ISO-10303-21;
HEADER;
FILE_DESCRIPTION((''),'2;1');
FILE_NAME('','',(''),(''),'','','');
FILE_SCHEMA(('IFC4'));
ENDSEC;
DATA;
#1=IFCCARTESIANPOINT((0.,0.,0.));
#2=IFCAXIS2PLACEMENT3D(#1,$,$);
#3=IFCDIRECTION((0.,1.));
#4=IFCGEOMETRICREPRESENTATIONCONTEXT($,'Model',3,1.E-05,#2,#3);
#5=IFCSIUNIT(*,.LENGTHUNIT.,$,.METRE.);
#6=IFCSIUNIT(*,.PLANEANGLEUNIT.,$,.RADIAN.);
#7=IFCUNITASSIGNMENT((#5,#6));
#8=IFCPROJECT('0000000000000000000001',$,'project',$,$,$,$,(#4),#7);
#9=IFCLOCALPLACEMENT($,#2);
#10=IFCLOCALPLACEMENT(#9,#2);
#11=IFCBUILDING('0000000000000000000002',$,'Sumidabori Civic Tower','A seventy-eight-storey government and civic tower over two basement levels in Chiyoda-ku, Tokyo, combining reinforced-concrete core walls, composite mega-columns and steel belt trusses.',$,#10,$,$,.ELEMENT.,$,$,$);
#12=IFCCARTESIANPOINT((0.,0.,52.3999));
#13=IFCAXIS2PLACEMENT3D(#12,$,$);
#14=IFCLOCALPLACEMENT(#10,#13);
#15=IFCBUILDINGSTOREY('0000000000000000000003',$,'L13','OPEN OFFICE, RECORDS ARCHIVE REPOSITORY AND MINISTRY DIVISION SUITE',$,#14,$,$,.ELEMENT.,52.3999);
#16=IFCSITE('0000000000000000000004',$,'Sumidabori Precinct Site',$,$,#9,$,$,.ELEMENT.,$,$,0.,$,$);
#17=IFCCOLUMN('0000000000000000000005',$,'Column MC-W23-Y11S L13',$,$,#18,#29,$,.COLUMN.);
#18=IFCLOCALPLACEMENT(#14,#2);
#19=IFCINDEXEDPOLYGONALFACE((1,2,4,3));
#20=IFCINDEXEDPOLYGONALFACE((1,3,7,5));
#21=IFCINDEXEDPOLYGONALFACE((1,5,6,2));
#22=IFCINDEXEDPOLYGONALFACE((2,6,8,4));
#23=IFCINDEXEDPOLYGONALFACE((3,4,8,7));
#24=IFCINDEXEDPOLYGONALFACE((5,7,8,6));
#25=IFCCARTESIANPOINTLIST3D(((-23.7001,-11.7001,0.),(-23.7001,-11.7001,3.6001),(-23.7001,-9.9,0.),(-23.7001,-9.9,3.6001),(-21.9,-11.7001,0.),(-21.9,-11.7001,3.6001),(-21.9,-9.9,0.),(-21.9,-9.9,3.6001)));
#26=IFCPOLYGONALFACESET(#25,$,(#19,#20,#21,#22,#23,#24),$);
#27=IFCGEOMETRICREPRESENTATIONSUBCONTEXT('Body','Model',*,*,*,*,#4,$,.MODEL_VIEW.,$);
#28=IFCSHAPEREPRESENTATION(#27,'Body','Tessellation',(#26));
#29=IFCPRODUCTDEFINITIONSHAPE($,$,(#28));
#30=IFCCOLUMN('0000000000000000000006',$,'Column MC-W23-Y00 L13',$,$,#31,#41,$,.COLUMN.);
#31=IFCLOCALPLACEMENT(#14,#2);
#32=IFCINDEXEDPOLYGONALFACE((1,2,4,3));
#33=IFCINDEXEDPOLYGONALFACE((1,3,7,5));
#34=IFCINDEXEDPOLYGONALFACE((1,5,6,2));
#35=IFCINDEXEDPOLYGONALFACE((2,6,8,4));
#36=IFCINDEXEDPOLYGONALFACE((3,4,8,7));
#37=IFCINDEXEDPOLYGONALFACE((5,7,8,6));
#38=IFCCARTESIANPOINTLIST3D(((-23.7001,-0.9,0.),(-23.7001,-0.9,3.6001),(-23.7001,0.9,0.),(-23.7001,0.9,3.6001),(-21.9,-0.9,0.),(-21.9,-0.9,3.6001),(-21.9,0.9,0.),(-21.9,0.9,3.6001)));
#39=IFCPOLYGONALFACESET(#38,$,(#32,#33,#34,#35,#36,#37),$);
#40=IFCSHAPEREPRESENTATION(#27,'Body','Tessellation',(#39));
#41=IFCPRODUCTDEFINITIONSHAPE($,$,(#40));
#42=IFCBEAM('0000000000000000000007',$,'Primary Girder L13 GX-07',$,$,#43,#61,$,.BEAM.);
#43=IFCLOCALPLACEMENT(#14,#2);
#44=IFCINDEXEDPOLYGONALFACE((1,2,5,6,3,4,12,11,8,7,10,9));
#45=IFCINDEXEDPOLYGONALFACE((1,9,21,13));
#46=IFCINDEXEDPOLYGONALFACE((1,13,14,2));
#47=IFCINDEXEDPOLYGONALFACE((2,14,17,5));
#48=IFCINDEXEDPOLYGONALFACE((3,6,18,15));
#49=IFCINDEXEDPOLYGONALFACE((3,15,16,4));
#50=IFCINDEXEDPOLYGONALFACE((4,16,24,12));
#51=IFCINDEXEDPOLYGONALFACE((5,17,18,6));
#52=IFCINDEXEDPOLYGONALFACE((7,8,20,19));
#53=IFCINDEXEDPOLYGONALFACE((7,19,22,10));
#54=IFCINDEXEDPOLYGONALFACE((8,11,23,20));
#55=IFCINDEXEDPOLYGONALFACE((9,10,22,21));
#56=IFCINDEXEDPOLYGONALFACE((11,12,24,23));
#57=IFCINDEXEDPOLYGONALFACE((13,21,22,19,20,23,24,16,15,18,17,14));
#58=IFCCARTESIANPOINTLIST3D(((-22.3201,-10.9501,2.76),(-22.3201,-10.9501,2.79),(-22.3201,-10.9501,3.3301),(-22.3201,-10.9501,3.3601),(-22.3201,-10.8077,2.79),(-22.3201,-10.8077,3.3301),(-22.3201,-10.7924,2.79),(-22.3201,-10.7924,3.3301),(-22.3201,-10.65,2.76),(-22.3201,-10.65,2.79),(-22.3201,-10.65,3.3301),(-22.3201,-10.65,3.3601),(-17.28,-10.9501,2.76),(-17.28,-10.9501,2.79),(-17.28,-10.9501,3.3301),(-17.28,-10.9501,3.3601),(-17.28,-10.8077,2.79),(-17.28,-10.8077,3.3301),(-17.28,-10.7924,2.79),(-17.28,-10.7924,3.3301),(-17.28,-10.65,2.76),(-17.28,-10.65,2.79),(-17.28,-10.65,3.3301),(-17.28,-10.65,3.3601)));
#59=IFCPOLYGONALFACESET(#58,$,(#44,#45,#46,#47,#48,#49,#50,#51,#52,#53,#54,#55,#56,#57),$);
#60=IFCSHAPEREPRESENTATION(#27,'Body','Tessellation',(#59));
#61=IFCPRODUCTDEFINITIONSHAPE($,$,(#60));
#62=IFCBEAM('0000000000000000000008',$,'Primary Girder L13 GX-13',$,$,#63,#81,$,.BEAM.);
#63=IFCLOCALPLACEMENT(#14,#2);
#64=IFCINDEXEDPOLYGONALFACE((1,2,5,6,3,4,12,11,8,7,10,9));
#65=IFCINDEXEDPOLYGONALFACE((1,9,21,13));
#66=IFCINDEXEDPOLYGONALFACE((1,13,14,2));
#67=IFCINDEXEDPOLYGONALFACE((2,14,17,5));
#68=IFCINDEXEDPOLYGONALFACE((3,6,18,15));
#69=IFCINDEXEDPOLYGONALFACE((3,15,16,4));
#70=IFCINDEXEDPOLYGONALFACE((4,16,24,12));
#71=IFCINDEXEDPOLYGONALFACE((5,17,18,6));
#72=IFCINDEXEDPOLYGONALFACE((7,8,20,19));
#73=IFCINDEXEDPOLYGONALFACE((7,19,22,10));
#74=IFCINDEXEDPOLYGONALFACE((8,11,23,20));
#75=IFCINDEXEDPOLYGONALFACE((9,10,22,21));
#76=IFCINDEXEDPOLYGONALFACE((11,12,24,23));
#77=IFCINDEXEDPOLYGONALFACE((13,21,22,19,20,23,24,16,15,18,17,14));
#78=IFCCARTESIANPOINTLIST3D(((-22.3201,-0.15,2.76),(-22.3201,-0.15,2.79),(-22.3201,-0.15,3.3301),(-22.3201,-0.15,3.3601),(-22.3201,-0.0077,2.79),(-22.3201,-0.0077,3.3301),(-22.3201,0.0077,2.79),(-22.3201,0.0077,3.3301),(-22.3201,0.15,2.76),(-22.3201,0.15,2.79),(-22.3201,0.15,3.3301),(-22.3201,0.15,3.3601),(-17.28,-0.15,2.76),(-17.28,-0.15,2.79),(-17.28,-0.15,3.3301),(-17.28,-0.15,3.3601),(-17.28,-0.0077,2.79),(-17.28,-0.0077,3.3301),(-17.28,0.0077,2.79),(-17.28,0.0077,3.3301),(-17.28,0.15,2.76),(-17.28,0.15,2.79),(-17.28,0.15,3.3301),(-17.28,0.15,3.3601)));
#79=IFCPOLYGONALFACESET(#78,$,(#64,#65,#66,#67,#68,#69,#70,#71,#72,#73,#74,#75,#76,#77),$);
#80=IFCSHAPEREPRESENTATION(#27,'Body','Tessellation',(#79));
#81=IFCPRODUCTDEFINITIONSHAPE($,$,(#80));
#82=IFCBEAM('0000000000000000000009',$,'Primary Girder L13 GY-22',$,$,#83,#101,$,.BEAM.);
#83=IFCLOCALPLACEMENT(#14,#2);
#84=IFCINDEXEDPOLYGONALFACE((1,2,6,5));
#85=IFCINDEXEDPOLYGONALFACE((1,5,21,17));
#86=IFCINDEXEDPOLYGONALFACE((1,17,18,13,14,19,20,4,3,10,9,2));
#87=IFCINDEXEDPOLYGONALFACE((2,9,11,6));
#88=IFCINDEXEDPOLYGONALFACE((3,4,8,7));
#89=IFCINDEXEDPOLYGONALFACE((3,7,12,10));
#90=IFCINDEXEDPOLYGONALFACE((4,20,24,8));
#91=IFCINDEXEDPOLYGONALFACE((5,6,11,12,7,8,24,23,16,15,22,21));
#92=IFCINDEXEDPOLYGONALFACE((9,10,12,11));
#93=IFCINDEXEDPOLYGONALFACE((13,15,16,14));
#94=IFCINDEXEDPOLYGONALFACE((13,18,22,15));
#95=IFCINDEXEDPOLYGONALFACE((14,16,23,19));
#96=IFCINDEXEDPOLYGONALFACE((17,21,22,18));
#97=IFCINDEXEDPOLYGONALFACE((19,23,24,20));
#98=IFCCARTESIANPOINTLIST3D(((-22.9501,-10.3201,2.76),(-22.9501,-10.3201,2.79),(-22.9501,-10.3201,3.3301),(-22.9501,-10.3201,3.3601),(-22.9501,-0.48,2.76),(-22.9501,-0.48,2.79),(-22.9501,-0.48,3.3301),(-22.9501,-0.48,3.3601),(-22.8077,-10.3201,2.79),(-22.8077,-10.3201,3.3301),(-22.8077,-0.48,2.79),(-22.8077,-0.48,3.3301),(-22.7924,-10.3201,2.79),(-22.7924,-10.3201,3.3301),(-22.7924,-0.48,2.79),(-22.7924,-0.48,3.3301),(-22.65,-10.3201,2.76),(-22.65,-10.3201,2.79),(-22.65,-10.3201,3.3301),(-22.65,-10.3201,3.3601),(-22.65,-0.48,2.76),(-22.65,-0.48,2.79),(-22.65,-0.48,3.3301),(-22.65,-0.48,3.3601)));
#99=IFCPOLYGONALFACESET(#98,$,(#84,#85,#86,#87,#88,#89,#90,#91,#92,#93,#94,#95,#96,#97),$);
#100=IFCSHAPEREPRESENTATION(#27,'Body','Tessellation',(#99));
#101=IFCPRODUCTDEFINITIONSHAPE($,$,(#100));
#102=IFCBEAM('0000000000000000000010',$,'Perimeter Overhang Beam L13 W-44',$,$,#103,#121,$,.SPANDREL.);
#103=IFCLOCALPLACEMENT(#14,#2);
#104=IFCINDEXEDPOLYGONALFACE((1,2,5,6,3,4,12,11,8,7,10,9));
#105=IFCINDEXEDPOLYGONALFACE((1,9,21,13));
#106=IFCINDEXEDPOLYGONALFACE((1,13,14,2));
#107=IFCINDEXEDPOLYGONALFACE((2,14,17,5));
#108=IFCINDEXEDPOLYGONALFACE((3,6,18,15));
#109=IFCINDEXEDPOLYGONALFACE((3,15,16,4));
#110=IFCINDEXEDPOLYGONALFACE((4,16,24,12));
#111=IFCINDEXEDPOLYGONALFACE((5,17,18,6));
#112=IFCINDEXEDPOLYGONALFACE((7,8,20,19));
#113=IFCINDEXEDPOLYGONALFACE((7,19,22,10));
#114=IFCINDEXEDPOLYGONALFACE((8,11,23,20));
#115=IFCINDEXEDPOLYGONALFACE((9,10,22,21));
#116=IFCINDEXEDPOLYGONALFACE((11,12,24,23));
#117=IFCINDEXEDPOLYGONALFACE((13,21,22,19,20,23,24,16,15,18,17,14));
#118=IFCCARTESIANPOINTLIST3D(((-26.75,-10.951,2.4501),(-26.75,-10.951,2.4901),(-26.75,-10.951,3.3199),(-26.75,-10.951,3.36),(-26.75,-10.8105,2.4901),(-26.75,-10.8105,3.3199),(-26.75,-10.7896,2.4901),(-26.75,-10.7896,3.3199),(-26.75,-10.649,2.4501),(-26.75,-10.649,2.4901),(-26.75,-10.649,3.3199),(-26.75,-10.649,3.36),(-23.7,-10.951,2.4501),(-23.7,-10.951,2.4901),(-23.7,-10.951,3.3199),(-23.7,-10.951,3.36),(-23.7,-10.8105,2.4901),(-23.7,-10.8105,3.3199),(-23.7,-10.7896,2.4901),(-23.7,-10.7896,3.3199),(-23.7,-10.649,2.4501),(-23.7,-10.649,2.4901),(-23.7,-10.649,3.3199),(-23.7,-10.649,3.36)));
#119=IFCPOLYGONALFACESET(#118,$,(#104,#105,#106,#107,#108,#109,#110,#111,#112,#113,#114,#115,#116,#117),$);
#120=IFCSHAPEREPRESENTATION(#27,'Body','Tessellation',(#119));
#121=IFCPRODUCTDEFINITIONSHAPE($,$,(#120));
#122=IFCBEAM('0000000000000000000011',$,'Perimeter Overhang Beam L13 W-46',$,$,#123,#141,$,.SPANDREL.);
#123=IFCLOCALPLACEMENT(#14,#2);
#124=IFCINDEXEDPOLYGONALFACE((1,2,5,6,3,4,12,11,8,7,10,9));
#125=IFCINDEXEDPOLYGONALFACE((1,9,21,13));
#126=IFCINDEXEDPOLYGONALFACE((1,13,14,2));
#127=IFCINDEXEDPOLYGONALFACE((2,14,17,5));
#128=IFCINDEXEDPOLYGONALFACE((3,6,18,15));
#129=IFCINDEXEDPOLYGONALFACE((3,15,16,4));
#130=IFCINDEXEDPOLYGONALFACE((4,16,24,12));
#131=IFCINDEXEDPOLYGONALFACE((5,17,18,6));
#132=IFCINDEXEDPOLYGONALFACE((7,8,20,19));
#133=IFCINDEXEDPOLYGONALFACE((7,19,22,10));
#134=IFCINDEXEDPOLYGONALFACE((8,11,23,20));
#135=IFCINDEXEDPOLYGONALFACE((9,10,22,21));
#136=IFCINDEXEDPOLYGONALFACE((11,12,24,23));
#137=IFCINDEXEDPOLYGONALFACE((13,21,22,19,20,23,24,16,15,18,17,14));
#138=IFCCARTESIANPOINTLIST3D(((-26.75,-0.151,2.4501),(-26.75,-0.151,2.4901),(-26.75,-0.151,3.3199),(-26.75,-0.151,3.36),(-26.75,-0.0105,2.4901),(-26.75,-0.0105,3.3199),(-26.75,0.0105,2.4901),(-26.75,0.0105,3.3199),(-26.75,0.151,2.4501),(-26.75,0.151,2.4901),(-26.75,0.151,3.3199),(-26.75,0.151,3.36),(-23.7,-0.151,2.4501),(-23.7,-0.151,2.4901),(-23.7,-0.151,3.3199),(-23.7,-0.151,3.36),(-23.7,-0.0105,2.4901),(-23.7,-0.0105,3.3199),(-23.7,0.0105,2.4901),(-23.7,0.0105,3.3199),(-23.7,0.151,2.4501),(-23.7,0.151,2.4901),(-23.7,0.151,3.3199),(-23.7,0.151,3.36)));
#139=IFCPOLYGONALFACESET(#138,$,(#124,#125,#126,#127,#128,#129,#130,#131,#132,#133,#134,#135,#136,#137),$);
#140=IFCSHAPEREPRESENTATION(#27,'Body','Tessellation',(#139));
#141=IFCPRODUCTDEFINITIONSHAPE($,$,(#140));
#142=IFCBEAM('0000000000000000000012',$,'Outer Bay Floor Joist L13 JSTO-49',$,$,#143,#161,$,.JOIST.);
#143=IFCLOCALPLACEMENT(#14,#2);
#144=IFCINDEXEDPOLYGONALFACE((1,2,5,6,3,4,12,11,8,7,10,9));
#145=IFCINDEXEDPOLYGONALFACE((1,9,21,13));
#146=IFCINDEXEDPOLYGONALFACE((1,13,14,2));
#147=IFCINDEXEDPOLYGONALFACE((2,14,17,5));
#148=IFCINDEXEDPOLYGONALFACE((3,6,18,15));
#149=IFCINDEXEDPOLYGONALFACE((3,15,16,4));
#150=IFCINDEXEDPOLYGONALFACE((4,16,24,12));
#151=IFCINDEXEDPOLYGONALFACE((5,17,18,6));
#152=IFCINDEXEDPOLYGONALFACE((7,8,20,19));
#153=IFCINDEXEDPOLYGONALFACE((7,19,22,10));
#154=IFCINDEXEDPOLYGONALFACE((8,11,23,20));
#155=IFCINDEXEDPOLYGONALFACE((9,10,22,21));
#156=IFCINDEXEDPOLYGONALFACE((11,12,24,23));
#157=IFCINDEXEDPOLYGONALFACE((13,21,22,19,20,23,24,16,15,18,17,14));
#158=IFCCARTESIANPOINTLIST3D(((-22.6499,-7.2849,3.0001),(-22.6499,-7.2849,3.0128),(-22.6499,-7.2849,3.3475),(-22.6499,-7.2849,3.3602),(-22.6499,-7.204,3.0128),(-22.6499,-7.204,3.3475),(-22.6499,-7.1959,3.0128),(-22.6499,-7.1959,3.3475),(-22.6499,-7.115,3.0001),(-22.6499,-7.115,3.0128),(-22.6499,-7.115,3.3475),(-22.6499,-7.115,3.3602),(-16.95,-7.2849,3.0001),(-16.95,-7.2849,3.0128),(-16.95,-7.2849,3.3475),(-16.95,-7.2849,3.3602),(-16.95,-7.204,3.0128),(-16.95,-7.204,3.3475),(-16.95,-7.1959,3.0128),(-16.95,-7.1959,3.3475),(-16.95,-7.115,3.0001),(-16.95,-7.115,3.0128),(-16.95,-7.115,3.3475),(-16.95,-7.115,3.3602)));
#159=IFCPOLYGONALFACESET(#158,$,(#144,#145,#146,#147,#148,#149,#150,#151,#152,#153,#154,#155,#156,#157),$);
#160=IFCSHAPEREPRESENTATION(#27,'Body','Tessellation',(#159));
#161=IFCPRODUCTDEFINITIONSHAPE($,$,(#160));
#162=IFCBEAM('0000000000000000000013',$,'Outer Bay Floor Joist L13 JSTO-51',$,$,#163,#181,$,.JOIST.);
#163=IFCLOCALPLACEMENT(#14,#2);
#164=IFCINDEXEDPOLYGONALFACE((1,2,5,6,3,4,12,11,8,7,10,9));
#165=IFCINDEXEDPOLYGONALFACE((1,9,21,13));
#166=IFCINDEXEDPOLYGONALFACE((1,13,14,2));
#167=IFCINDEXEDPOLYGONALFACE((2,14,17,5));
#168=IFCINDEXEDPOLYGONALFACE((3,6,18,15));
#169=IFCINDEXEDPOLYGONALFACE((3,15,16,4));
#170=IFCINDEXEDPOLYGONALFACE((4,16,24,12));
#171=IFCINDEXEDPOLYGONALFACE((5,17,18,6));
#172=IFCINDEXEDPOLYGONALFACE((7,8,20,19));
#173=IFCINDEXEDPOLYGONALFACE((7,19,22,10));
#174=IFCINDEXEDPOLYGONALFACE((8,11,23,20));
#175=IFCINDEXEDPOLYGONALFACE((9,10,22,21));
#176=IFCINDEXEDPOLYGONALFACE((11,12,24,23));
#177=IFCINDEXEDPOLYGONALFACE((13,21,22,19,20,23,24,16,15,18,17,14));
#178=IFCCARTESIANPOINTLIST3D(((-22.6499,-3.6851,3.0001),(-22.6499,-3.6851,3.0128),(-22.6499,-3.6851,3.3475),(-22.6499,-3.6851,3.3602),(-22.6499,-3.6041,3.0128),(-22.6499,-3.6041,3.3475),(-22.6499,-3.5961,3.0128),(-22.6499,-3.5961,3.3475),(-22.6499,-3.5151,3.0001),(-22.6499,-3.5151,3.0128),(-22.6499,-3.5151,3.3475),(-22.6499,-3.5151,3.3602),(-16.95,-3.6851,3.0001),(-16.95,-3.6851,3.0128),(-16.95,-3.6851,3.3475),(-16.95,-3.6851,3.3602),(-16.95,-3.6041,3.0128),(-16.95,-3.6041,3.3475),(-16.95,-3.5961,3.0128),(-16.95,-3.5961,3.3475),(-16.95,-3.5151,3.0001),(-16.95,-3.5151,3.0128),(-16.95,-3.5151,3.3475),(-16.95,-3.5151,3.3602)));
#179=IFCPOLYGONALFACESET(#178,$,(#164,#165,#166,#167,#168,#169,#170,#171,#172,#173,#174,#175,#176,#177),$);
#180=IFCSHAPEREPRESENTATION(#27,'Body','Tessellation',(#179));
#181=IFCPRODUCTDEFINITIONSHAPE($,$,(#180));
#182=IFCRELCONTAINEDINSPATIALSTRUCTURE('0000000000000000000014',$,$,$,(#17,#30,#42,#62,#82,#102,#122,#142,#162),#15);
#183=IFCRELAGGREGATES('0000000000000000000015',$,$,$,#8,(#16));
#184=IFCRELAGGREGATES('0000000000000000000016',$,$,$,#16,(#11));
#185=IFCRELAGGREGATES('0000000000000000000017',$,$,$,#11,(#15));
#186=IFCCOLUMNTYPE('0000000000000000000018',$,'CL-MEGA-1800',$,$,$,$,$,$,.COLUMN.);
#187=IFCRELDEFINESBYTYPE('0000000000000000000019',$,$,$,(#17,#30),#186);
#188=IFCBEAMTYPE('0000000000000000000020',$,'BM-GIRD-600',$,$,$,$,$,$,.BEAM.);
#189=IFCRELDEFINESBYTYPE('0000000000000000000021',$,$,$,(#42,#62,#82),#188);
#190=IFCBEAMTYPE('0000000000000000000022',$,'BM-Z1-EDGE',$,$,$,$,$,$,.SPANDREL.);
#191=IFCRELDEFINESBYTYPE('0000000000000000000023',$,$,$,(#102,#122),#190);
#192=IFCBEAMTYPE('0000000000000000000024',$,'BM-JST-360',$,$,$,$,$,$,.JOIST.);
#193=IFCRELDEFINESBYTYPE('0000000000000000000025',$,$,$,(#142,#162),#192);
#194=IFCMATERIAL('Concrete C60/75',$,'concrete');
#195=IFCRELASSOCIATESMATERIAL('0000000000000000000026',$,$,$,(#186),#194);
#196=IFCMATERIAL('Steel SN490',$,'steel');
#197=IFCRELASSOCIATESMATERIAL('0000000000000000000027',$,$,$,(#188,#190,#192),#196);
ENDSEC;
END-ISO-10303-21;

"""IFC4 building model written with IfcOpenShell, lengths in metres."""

from ifc_helpers import new_model, si_unit, direction, frame, origin, origin_2d, place, context, subcontext, project, spatial, rectangle, i_section, extrude, source, transform, mapped, material, material_profile, profile_set, type_object, element, save


model = new_model("IFC4")

# Units and contexts
model_context = context("Model", 3, precision=1e-05, world=origin(), true_north=direction((0.0, 1.0)))
body_context = subcontext(model_context, "Body", "Model", "MODEL_VIEW")
ifc_project = project(units=[si_unit("LENGTHUNIT", "METRE"), si_unit("PLANEANGLEUNIT", "RADIAN")], contexts=[model_context])

# Site, building, storey
site_placement = place(None, origin())
site = spatial("IfcSite", under=ifc_project, at=site_placement, Name="Sumidabori Precinct Site", CompositionType="ELEMENT", RefElevation=0.0)
building_placement = place(site_placement, origin())
building = spatial("IfcBuilding", under=site, at=building_placement, Name="Sumidabori Civic Tower", Description="A seventy-eight-storey government and civic tower over two basement levels in Chiyoda-ku, Tokyo, combining reinforced-concrete core walls, composite mega-columns and steel belt trusses.", CompositionType="ELEMENT")
storey_placement = place(building_placement, frame((0.0, 0.0, 52.3999)))
storey = spatial("IfcBuildingStorey", under=building, at=storey_placement, Name="L13", Description="OPEN OFFICE, RECORDS ARCHIVE REPOSITORY AND MINISTRY DIVISION SUITE", CompositionType="ELEMENT", Elevation=52.3999)

# Columns
ifc_material_1 = material(Name="Concrete C60/75", Category="concrete")
ifc_material_profile_1 = material_profile(ifc_material_1, rectangle(XDim=1.8, YDim=1.8, at=origin_2d()), Name="RC 1800x1800")
ifc_profile_set_1 = profile_set([ifc_material_profile_1], Name="Concrete C60/75")
column_type = type_object("IfcColumnType", Name="CL-MEGA-1800", PredefinedType="COLUMN", material=ifc_profile_set_1)
shared_shape_1 = source(origin(), body_context, "Body", "SweptSolid", [
    extrude(rectangle(XDim=1.8, YDim=1.8, at=origin_2d()), origin(), (0.0, 0.0, 1.0), 3.6001),
])
for number, where, z_axis, x_axis, name in (
    (1, (-22.8, -10.8, 0.0), (0.0, 0.0, 1.0), (1.0, 0.0, 0.0), "Column MC-W23-Y11S L13"),
    (2, (-22.8, 0.0, 0.0), (0.0, 0.0, 1.0), (1.0, 0.0, 0.0), "Column MC-W23-Y00 L13"),
):
    element("IfcColumn", number, at=place(storey_placement, frame(where, z_axis=z_axis, x_axis=x_axis)), inside=storey, type_object=column_type, Name=name, PredefinedType="COLUMN", context=body_context, shape_type="MappedRepresentation", body=[
        mapped(shared_shape_1, transform((0.0, 0.0, 0.0), x_axis=(1.0, 0.0, 0.0), y_axis=(0.0, 1.0, 0.0), z_axis=(0.0, 0.0, 1.0), scale=1.0)),
    ])

# Beams
ifc_material_2 = material(Name="Steel SN490", Category="steel")
ifc_material_profile_2 = material_profile(ifc_material_2, i_section(OverallWidth=0.3, OverallDepth=0.6001, WebThickness=0.0154, FlangeThickness=0.03, at=origin_2d()), Name="HE 600 B")
ifc_profile_set_2 = profile_set([ifc_material_profile_2], Name="Steel SN490")
beam_type_1 = type_object("IfcBeamType", Name="BM-GIRD-600", PredefinedType="BEAM", material=ifc_profile_set_2)
shared_shape_2 = source(origin(), body_context, "Body", "SweptSolid", [
    extrude(i_section(OverallWidth=0.3, OverallDepth=0.6001, WebThickness=0.0154, FlangeThickness=0.03, at=origin_2d()), origin(), (0.0, 0.0, 1.0), 5.04),
])
for number, where, z_axis, x_axis, name in (
    (3, (-22.3201, -10.8, 3.0601), (1.0, 0.0, 0.0), (0.0, 1.0, 0.0), "Primary Girder L13 GX-07"),
    (4, (-22.3201, 0.0, 3.0601), (1.0, 0.0, 0.0), (0.0, 1.0, 0.0), "Primary Girder L13 GX-13"),
):
    element("IfcBeam", number, at=place(storey_placement, frame(where, z_axis=z_axis, x_axis=x_axis)), inside=storey, type_object=beam_type_1, Name=name, PredefinedType="BEAM", context=body_context, shape_type="MappedRepresentation", body=[
        mapped(shared_shape_2, transform((0.0, 0.0, 0.0), x_axis=(1.0, 0.0, 0.0), y_axis=(0.0, 1.0, 0.0), z_axis=(0.0, 0.0, 1.0), scale=1.0)),
    ])
shared_shape_3 = source(origin(), body_context, "Body", "SweptSolid", [
    extrude(i_section(OverallWidth=0.3, OverallDepth=0.6001, WebThickness=0.0154, FlangeThickness=0.03, at=origin_2d()), origin(), (0.0, 0.0, 1.0), 9.8401),
])
beam_placement = place(storey_placement, frame((-22.8, -10.3201, 3.0601), z_axis=(0.0, 1.0, 0.0), x_axis=(-1.0, 0.0, 0.0)))
element("IfcBeam", 5, at=beam_placement, inside=storey, type_object=beam_type_1, Name="Primary Girder L13 GY-22", PredefinedType="BEAM", context=body_context, shape_type="MappedRepresentation", body=[
    mapped(shared_shape_3, transform((0.0, 0.0, 0.0), x_axis=(1.0, 0.0, 0.0), y_axis=(0.0, 1.0, 0.0), z_axis=(0.0, 0.0, 1.0), scale=1.0)),
])
ifc_material_profile_3 = material_profile(ifc_material_2, i_section(OverallWidth=0.302, OverallDepth=0.9099, WebThickness=0.021, FlangeThickness=0.04, at=origin_2d()), Name="HE 900 M")
ifc_profile_set_3 = profile_set([ifc_material_profile_3], Name="Steel SN490")
beam_type_2 = type_object("IfcBeamType", Name="BM-Z1-EDGE", PredefinedType="SPANDREL", material=ifc_profile_set_3)
shared_shape_4 = source(origin(), body_context, "Body", "SweptSolid", [
    extrude(i_section(OverallWidth=0.302, OverallDepth=0.9099, WebThickness=0.021, FlangeThickness=0.04, at=origin_2d()), origin(), (0.0, 0.0, 1.0), 3.05),
])
for number, where, z_axis, x_axis, name in (
    (6, (-26.75, -10.8, 2.905), (1.0, 0.0, 0.0), (0.0, 1.0, 0.0), "Perimeter Overhang Beam L13 W-44"),
    (7, (-26.75, 0.0, 2.905), (1.0, 0.0, 0.0), (0.0, 1.0, 0.0), "Perimeter Overhang Beam L13 W-46"),
):
    element("IfcBeam", number, at=place(storey_placement, frame(where, z_axis=z_axis, x_axis=x_axis)), inside=storey, type_object=beam_type_2, Name=name, PredefinedType="SPANDREL", context=body_context, shape_type="MappedRepresentation", body=[
        mapped(shared_shape_4, transform((0.0, 0.0, 0.0), x_axis=(1.0, 0.0, 0.0), y_axis=(0.0, 1.0, 0.0), z_axis=(0.0, 0.0, 1.0), scale=1.0)),
    ])
ifc_material_profile_4 = material_profile(ifc_material_2, i_section(OverallWidth=0.1699, OverallDepth=0.3601, WebThickness=0.0081, FlangeThickness=0.0127, at=origin_2d()), Name="IPE 360")
ifc_profile_set_4 = profile_set([ifc_material_profile_4], Name="Steel SN490")
beam_type_3 = type_object("IfcBeamType", Name="BM-JST-360", PredefinedType="JOIST", material=ifc_profile_set_4)
shared_shape_5 = source(origin(), body_context, "Body", "SweptSolid", [
    extrude(i_section(OverallWidth=0.1699, OverallDepth=0.3601, WebThickness=0.0081, FlangeThickness=0.0127, at=origin_2d()), origin(), (0.0, 0.0, 1.0), 5.7),
])
for number, where, z_axis, x_axis, name in (
    (8, (-22.6499, -7.2, 3.1802), (1.0, 0.0, 0.0), (0.0, 1.0, 0.0), "Outer Bay Floor Joist L13 JSTO-49"),
    (9, (-22.6499, -3.6001, 3.1802), (1.0, 0.0, 0.0), (0.0, 1.0, 0.0), "Outer Bay Floor Joist L13 JSTO-51"),
):
    element("IfcBeam", number, at=place(storey_placement, frame(where, z_axis=z_axis, x_axis=x_axis)), inside=storey, type_object=beam_type_3, Name=name, PredefinedType="JOIST", context=body_context, shape_type="MappedRepresentation", body=[
        mapped(shared_shape_5, transform((0.0, 0.0, 0.0), x_axis=(1.0, 0.0, 0.0), y_axis=(0.0, 1.0, 0.0), z_axis=(0.0, 0.0, 1.0), scale=1.0)),
    ])

save(model, "model.ifc")
